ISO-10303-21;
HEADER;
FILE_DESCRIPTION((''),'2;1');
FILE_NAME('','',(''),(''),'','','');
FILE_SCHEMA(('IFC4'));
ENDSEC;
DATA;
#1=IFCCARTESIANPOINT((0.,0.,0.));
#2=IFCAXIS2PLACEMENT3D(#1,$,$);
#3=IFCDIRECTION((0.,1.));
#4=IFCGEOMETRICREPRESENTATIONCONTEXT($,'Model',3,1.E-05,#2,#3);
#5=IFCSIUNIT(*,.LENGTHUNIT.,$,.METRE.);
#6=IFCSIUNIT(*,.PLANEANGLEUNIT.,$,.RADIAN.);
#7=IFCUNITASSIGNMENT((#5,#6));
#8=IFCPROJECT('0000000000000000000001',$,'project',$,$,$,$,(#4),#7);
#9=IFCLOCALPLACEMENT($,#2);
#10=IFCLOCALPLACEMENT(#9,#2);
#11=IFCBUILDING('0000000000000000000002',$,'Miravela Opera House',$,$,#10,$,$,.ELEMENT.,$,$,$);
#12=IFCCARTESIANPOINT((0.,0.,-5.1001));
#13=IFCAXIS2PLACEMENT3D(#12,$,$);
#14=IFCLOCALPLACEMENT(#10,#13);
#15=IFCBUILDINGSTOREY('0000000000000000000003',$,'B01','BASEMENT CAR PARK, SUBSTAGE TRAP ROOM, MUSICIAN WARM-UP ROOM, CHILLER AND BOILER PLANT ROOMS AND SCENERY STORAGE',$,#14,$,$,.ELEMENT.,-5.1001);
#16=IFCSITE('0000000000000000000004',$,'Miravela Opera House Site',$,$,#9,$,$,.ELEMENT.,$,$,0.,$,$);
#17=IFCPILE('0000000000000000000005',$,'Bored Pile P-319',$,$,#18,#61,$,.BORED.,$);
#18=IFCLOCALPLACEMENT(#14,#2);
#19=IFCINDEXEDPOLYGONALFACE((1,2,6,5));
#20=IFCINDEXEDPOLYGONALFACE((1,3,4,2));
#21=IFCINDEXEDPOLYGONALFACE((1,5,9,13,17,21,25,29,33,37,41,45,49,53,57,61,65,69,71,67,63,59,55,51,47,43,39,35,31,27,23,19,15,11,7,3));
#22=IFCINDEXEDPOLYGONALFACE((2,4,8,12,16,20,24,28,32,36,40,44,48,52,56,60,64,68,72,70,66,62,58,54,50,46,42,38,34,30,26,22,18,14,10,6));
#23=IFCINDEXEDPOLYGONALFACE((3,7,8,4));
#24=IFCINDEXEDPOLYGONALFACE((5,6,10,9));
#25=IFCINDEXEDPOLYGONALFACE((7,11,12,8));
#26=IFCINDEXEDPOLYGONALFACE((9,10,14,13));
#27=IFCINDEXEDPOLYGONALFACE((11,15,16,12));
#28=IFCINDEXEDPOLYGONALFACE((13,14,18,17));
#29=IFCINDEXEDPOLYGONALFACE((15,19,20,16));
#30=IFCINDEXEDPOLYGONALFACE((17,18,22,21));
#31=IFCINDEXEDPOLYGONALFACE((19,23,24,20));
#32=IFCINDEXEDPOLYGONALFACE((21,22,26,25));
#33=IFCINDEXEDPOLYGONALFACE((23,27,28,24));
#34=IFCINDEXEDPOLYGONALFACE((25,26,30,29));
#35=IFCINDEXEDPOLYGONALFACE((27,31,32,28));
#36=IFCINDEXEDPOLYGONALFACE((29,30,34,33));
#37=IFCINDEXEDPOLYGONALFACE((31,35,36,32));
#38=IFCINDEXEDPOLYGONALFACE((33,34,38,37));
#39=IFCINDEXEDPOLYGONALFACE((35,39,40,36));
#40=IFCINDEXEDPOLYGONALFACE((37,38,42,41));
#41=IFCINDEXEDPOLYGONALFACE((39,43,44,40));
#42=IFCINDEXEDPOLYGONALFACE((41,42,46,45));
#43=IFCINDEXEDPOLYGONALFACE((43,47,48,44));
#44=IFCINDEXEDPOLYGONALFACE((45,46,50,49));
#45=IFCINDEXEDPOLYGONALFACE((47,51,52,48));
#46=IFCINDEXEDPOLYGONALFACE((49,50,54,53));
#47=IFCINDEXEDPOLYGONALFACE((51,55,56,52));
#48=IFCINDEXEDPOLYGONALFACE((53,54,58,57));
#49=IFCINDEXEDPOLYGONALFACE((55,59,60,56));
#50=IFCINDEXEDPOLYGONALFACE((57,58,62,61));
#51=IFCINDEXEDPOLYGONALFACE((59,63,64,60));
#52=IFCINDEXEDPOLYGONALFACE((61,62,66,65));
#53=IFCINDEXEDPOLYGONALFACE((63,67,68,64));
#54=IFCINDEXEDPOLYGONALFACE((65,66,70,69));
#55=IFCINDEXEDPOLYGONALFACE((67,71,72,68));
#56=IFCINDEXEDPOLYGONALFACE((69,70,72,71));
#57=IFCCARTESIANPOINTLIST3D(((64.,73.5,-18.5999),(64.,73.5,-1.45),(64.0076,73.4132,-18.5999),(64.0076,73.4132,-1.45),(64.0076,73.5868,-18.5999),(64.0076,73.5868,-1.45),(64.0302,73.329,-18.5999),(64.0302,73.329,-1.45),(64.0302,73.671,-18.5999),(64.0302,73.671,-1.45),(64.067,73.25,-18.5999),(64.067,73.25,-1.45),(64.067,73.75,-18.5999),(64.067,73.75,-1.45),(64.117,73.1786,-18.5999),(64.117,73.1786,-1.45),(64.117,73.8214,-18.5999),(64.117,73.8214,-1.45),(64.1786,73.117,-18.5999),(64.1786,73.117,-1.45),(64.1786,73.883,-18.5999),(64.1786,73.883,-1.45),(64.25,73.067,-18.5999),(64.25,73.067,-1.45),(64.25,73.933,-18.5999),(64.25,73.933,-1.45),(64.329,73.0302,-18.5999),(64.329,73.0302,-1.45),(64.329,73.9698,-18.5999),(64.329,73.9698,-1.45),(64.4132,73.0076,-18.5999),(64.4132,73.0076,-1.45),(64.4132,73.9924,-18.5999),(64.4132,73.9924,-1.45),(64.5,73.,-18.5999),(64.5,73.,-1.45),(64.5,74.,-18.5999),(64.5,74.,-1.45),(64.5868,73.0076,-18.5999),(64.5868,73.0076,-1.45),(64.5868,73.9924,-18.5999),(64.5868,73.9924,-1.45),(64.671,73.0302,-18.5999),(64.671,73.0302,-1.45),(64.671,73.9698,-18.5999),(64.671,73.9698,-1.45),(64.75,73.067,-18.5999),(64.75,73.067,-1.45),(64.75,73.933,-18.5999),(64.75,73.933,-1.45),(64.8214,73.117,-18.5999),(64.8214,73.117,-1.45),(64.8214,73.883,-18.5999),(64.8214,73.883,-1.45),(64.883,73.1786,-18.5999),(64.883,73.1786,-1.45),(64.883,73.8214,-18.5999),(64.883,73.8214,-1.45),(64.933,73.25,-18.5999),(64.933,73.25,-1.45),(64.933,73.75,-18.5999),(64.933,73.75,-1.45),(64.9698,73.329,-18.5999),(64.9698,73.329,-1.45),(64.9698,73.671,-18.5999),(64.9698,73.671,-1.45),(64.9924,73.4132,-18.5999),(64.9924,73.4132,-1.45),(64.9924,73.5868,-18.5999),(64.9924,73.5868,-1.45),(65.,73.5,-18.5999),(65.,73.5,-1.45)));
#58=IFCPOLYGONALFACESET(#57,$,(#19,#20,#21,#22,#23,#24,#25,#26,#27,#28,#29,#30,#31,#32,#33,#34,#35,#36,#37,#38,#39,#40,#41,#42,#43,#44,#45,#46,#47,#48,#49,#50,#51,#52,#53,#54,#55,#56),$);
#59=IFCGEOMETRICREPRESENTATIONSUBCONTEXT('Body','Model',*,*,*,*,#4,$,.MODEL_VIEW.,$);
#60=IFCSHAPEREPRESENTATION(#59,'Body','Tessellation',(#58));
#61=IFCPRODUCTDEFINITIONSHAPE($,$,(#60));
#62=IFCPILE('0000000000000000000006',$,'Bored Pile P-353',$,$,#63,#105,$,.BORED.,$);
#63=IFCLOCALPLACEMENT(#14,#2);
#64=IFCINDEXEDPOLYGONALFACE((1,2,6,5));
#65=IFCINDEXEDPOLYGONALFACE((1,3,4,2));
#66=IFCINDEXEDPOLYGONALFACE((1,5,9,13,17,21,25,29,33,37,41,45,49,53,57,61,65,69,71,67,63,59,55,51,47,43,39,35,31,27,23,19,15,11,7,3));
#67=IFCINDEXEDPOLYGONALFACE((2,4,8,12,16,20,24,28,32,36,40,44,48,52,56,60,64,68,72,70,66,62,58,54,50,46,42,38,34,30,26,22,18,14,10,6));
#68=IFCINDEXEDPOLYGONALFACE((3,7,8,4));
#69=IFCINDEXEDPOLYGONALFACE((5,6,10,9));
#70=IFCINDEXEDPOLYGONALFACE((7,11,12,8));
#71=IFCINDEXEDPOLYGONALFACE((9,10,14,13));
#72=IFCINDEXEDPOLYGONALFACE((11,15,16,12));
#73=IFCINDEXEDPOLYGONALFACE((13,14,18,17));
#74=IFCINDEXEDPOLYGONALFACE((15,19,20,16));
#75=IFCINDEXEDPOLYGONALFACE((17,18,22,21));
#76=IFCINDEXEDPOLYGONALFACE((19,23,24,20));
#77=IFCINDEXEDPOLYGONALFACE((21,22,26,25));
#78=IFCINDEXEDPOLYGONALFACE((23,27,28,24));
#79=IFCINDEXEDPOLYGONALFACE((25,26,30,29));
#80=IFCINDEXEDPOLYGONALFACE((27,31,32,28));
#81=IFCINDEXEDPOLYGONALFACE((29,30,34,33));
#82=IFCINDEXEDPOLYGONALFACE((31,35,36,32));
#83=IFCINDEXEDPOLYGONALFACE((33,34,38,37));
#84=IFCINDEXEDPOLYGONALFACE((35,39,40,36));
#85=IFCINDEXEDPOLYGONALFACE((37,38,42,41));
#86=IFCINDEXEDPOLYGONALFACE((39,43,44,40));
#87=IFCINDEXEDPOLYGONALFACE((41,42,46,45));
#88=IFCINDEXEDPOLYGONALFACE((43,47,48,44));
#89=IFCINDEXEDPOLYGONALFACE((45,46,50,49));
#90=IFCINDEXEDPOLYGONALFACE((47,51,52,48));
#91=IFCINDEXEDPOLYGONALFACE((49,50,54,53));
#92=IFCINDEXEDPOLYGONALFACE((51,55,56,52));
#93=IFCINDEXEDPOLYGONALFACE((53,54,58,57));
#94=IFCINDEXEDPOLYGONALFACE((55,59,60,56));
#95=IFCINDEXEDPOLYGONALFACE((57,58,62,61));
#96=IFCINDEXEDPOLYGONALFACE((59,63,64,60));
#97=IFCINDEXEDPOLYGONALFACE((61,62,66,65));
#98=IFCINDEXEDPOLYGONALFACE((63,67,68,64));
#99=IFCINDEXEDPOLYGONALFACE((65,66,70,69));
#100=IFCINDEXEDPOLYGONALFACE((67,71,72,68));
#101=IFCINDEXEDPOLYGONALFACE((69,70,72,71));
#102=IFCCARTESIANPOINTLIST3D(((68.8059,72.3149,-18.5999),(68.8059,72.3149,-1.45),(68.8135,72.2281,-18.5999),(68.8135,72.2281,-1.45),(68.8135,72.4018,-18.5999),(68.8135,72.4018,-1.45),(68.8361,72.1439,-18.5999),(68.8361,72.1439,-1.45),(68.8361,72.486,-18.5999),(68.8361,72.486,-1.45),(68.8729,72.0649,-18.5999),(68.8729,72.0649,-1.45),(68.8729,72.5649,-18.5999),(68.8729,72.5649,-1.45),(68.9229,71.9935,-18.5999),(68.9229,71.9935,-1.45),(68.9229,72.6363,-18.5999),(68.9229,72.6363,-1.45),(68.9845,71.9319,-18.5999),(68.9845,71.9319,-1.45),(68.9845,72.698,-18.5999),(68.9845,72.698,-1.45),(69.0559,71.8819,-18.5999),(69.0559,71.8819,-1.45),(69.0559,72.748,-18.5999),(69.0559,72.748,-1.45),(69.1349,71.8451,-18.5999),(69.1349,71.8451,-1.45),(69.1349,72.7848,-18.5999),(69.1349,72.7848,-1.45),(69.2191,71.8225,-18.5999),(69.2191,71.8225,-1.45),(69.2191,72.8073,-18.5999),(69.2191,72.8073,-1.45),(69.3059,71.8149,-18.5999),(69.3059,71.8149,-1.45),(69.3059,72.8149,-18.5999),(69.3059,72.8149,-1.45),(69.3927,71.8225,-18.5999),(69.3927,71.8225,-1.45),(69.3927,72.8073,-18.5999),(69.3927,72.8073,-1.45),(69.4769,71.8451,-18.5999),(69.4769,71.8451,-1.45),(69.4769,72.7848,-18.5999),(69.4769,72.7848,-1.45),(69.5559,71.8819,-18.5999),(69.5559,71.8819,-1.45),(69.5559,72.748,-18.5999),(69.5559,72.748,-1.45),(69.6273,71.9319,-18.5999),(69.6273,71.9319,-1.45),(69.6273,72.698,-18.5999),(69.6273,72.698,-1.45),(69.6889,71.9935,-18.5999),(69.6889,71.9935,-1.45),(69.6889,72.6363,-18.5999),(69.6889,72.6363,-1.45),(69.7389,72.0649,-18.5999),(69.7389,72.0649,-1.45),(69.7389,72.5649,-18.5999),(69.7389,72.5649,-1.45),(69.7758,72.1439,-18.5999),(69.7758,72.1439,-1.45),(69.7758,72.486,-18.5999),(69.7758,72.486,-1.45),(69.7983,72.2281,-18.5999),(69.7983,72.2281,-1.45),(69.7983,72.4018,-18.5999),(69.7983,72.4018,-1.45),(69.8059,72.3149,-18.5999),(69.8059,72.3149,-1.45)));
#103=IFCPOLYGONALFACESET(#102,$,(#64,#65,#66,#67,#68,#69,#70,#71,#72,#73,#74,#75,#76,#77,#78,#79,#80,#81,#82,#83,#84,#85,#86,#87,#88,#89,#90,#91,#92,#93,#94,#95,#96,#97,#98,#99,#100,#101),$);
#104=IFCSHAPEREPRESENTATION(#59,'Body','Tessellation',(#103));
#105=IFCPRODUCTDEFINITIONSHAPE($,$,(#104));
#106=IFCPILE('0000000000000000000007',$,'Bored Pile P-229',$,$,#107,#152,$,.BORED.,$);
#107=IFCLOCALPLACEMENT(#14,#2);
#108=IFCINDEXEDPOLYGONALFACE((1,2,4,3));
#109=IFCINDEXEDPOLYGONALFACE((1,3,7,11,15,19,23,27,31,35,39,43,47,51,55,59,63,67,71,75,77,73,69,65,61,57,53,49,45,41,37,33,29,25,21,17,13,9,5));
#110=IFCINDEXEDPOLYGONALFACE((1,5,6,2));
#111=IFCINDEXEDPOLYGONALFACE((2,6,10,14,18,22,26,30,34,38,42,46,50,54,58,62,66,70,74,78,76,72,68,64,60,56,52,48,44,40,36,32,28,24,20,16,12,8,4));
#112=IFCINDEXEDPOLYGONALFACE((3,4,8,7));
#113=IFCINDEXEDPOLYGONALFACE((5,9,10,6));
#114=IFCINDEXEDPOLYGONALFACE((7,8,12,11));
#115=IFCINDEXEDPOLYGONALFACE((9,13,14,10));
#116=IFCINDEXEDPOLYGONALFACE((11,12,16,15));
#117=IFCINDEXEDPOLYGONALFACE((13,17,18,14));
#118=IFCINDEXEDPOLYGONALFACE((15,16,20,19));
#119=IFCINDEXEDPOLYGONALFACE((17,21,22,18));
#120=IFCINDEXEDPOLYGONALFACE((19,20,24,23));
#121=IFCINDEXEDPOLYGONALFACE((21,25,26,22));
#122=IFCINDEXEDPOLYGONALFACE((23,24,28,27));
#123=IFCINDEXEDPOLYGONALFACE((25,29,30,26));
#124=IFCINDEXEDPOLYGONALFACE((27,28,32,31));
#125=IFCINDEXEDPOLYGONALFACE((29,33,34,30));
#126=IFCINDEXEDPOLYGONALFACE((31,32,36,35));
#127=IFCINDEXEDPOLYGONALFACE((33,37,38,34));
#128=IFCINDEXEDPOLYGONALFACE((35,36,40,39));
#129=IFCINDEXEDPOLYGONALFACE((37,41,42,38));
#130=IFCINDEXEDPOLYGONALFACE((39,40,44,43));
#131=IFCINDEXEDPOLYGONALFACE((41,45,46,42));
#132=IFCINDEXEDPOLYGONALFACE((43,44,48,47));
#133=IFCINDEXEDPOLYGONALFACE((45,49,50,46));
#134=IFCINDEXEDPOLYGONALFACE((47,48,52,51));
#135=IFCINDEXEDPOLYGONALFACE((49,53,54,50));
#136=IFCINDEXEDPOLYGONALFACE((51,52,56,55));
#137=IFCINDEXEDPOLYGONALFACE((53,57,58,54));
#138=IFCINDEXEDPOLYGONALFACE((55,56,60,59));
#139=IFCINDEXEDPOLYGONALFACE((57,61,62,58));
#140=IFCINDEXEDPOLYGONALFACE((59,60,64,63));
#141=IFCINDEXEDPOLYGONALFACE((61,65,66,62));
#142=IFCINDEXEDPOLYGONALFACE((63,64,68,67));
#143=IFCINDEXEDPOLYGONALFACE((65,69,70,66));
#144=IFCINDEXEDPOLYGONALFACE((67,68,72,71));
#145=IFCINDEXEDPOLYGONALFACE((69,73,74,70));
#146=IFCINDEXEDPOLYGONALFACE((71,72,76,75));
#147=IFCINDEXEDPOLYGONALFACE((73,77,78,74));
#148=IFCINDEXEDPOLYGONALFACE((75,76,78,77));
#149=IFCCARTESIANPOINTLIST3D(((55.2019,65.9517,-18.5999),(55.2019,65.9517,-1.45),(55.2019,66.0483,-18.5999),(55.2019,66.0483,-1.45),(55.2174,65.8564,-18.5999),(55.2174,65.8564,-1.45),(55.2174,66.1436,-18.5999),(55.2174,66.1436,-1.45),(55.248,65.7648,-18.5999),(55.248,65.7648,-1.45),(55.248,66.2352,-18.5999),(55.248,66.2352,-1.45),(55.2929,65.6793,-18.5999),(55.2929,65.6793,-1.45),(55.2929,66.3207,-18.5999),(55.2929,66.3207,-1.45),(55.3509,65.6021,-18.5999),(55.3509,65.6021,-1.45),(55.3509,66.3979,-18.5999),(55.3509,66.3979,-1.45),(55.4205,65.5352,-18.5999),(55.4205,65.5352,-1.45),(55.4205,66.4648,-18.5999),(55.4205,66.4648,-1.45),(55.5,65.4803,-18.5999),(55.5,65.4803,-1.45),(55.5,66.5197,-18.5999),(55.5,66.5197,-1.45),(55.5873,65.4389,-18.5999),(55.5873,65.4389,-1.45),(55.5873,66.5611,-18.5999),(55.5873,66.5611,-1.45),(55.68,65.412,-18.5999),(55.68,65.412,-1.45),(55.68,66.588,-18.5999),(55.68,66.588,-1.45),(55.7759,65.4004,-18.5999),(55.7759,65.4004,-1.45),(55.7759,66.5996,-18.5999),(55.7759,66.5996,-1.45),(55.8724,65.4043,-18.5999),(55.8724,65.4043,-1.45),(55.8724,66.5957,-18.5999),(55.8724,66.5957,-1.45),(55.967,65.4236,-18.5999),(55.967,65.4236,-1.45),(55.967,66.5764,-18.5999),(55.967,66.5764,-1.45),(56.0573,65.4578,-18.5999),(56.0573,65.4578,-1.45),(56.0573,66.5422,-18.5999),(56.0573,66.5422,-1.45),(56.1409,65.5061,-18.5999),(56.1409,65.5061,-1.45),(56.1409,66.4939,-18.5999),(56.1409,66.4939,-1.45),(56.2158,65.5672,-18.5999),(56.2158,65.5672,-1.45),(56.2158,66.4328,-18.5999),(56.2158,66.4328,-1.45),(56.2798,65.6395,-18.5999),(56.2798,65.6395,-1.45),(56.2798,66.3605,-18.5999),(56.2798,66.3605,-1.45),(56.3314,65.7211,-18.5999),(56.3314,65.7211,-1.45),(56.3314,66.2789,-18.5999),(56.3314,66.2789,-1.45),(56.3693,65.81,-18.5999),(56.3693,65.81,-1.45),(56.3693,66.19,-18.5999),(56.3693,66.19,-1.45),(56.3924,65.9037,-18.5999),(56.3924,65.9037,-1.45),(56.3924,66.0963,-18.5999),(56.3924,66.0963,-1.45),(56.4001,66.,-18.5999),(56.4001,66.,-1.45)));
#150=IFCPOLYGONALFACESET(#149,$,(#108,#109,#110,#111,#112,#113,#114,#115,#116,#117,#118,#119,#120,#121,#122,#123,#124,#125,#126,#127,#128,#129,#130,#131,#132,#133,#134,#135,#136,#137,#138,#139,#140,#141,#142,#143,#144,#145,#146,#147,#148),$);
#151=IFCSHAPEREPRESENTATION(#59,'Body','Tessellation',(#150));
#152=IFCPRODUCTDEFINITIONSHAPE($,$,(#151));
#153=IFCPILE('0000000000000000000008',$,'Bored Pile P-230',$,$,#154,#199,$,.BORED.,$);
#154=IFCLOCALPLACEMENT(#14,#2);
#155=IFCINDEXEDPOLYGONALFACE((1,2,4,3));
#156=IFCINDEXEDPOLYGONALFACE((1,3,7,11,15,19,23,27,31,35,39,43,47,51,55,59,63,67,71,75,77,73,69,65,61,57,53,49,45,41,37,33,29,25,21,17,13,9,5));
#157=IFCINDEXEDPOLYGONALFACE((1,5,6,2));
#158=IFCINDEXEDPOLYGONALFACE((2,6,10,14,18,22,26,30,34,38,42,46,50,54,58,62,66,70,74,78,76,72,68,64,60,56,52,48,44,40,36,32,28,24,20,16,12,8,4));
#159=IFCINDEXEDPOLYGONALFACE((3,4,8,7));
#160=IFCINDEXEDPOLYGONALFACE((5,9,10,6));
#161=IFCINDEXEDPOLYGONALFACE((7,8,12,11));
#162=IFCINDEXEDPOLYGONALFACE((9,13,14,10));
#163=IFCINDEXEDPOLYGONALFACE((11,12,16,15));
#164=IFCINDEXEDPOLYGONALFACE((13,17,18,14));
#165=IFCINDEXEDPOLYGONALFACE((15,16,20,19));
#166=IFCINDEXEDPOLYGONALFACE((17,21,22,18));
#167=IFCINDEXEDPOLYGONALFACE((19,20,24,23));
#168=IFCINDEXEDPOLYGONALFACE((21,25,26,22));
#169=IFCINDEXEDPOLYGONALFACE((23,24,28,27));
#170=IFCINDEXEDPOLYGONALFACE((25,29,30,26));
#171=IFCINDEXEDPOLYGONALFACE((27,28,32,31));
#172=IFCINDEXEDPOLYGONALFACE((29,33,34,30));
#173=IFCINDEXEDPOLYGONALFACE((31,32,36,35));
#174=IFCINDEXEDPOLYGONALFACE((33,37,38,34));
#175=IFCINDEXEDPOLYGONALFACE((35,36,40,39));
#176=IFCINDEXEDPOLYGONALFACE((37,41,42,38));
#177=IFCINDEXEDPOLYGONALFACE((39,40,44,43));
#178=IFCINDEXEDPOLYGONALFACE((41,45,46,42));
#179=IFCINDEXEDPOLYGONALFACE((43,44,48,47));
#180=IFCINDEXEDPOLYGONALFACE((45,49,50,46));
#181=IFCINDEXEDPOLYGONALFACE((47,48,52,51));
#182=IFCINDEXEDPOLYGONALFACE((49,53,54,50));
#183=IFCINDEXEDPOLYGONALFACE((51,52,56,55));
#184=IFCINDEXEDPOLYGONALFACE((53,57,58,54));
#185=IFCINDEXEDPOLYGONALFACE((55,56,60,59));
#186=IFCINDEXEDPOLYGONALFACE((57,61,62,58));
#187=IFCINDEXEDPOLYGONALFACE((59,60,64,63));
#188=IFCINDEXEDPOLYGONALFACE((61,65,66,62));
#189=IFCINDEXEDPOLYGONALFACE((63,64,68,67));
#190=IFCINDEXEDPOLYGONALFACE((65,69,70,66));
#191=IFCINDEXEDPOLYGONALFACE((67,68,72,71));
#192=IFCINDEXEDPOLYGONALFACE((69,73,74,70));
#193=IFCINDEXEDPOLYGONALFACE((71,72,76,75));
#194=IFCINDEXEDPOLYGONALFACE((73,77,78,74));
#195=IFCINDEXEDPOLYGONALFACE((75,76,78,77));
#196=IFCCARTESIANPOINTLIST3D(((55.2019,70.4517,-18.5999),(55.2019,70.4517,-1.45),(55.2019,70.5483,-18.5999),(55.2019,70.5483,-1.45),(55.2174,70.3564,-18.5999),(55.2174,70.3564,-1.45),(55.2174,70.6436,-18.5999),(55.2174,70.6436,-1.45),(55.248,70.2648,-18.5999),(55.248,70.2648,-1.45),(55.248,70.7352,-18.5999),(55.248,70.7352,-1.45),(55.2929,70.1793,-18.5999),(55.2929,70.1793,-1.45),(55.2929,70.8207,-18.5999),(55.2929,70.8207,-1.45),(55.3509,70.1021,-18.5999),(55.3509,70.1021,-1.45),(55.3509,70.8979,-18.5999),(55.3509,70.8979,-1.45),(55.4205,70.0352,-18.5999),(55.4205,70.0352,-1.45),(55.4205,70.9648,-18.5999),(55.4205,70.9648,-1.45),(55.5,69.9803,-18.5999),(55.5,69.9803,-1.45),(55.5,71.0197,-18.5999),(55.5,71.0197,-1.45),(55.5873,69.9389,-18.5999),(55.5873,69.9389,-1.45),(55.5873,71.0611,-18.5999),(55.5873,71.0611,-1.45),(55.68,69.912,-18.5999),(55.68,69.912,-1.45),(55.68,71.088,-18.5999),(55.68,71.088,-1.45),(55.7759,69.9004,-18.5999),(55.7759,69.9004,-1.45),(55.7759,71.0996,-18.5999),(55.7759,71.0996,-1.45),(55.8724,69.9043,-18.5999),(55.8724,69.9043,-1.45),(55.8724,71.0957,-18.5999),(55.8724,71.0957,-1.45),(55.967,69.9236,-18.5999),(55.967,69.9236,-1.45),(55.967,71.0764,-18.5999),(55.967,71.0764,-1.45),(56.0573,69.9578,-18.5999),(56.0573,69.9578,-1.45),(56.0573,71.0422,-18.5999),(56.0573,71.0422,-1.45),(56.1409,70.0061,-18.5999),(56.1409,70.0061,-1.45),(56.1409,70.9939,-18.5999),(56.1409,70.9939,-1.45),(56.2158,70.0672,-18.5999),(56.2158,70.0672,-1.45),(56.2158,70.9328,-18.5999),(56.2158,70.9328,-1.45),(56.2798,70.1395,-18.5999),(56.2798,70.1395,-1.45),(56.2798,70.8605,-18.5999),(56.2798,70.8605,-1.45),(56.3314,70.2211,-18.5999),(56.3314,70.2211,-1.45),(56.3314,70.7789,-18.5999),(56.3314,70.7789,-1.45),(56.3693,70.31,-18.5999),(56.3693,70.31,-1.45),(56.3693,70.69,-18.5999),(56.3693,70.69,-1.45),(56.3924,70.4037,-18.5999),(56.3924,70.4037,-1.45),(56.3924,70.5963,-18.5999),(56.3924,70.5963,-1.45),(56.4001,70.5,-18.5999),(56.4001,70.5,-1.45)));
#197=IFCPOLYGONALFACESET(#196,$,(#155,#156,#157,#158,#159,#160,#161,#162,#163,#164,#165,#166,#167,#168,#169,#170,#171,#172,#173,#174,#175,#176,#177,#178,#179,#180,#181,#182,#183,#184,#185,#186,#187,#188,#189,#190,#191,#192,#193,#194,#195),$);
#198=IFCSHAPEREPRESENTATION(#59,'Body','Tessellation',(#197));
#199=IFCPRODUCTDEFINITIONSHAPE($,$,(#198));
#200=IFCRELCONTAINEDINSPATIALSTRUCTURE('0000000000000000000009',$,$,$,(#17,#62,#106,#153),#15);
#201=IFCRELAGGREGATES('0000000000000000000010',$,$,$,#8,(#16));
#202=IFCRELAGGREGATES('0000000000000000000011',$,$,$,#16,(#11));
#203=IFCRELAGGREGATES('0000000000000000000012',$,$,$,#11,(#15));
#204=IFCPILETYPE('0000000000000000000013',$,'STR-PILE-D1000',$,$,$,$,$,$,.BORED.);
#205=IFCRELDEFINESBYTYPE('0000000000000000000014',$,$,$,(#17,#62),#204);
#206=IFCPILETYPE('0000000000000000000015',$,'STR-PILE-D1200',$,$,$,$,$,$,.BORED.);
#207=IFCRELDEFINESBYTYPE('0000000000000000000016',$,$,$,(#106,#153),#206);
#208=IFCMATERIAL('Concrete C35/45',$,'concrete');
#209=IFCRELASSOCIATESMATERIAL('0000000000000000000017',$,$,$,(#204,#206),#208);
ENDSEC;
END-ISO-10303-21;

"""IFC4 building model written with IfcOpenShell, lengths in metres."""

from ifc_helpers import new_model, si_unit, direction, frame, origin, origin_2d, place, context, subcontext, project, spatial, circle, extrude, material, material_profile, profile_set, type_object, element, save


model = new_model("IFC4")

# Units and contexts
model_context = context("Model", 3, precision=1e-05, world=origin(), true_north=direction((0.0, 1.0)))
body_context = subcontext(model_context, "Body", "Model", "MODEL_VIEW")
ifc_project = project(units=[si_unit("LENGTHUNIT", "METRE"), si_unit("PLANEANGLEUNIT", "RADIAN")], contexts=[model_context])

# Site, building, storey
site_placement = place(None, origin())
site = spatial("IfcSite", under=ifc_project, at=site_placement, Name="Miravela Opera House Site", CompositionType="ELEMENT", RefElevation=0.0)
building_placement = place(site_placement, origin())
building = spatial("IfcBuilding", under=site, at=building_placement, Name="Miravela Opera House", CompositionType="ELEMENT")
storey_placement = place(building_placement, frame((0.0, 0.0, -5.1001)))
storey = spatial("IfcBuildingStorey", under=building, at=storey_placement, Name="B01", Description="BASEMENT CAR PARK, SUBSTAGE TRAP ROOM, MUSICIAN WARM-UP ROOM, CHILLER AND BOILER PLANT ROOMS AND SCENERY STORAGE", CompositionType="ELEMENT", Elevation=-5.1001)

# Shared definitions
ifc_material_1 = material(Name="Concrete C35/45", Category="concrete")

# Piles
ifc_material_profile_1 = material_profile(ifc_material_1, circle(Radius=0.5, at=origin_2d()), Name="PILE-D1000")
ifc_profile_set_1 = profile_set([ifc_material_profile_1])
pile_type_1 = type_object("IfcPileType", Name="STR-PILE-D1000", PredefinedType="BORED", material=ifc_profile_set_1)
for number, where, z_axis, x_axis, name in (
    (1, (64.5, 73.5, -1.45), (0.0, 0.0, -1.0), (1.0, 0.0, 0.0), "Bored Pile P-319"),
    (2, (69.3059, 72.3149, -1.45), (0.0, 0.0, -1.0), (1.0, 0.0, 0.0), "Bored Pile P-353"),
):
    element("IfcPile", number, at=place(storey_placement, frame(where, z_axis=z_axis, x_axis=x_axis)), inside=storey, type_object=pile_type_1, Name=name, PredefinedType="BORED", context=body_context, shape_type="SweptSolid", body=[
        extrude(circle(Radius=0.5, at=origin_2d()), origin(), (0.0, 0.0, 1.0), 17.1499),
    ])
ifc_material_profile_2 = material_profile(ifc_material_1, circle(Radius=0.6001, at=origin_2d()), Name="PILE-D1200")
ifc_profile_set_2 = profile_set([ifc_material_profile_2])
pile_type_2 = type_object("IfcPileType", Name="STR-PILE-D1200", PredefinedType="BORED", material=ifc_profile_set_2)
for number, where, z_axis, x_axis, name in (
    (3, (55.8, 66.0, -1.45), (0.0, 0.0, -1.0), (1.0, 0.0, 0.0), "Bored Pile P-229"),
    (4, (55.8, 70.5, -1.45), (0.0, 0.0, -1.0), (1.0, 0.0, 0.0), "Bored Pile P-230"),
):
    element("IfcPile", number, at=place(storey_placement, frame(where, z_axis=z_axis, x_axis=x_axis)), inside=storey, type_object=pile_type_2, Name=name, PredefinedType="BORED", context=body_context, shape_type="SweptSolid", body=[
        extrude(circle(Radius=0.6001, at=origin_2d()), origin(), (0.0, 0.0, 1.0), 17.1499),
    ])

save(model, "model.ifc")
